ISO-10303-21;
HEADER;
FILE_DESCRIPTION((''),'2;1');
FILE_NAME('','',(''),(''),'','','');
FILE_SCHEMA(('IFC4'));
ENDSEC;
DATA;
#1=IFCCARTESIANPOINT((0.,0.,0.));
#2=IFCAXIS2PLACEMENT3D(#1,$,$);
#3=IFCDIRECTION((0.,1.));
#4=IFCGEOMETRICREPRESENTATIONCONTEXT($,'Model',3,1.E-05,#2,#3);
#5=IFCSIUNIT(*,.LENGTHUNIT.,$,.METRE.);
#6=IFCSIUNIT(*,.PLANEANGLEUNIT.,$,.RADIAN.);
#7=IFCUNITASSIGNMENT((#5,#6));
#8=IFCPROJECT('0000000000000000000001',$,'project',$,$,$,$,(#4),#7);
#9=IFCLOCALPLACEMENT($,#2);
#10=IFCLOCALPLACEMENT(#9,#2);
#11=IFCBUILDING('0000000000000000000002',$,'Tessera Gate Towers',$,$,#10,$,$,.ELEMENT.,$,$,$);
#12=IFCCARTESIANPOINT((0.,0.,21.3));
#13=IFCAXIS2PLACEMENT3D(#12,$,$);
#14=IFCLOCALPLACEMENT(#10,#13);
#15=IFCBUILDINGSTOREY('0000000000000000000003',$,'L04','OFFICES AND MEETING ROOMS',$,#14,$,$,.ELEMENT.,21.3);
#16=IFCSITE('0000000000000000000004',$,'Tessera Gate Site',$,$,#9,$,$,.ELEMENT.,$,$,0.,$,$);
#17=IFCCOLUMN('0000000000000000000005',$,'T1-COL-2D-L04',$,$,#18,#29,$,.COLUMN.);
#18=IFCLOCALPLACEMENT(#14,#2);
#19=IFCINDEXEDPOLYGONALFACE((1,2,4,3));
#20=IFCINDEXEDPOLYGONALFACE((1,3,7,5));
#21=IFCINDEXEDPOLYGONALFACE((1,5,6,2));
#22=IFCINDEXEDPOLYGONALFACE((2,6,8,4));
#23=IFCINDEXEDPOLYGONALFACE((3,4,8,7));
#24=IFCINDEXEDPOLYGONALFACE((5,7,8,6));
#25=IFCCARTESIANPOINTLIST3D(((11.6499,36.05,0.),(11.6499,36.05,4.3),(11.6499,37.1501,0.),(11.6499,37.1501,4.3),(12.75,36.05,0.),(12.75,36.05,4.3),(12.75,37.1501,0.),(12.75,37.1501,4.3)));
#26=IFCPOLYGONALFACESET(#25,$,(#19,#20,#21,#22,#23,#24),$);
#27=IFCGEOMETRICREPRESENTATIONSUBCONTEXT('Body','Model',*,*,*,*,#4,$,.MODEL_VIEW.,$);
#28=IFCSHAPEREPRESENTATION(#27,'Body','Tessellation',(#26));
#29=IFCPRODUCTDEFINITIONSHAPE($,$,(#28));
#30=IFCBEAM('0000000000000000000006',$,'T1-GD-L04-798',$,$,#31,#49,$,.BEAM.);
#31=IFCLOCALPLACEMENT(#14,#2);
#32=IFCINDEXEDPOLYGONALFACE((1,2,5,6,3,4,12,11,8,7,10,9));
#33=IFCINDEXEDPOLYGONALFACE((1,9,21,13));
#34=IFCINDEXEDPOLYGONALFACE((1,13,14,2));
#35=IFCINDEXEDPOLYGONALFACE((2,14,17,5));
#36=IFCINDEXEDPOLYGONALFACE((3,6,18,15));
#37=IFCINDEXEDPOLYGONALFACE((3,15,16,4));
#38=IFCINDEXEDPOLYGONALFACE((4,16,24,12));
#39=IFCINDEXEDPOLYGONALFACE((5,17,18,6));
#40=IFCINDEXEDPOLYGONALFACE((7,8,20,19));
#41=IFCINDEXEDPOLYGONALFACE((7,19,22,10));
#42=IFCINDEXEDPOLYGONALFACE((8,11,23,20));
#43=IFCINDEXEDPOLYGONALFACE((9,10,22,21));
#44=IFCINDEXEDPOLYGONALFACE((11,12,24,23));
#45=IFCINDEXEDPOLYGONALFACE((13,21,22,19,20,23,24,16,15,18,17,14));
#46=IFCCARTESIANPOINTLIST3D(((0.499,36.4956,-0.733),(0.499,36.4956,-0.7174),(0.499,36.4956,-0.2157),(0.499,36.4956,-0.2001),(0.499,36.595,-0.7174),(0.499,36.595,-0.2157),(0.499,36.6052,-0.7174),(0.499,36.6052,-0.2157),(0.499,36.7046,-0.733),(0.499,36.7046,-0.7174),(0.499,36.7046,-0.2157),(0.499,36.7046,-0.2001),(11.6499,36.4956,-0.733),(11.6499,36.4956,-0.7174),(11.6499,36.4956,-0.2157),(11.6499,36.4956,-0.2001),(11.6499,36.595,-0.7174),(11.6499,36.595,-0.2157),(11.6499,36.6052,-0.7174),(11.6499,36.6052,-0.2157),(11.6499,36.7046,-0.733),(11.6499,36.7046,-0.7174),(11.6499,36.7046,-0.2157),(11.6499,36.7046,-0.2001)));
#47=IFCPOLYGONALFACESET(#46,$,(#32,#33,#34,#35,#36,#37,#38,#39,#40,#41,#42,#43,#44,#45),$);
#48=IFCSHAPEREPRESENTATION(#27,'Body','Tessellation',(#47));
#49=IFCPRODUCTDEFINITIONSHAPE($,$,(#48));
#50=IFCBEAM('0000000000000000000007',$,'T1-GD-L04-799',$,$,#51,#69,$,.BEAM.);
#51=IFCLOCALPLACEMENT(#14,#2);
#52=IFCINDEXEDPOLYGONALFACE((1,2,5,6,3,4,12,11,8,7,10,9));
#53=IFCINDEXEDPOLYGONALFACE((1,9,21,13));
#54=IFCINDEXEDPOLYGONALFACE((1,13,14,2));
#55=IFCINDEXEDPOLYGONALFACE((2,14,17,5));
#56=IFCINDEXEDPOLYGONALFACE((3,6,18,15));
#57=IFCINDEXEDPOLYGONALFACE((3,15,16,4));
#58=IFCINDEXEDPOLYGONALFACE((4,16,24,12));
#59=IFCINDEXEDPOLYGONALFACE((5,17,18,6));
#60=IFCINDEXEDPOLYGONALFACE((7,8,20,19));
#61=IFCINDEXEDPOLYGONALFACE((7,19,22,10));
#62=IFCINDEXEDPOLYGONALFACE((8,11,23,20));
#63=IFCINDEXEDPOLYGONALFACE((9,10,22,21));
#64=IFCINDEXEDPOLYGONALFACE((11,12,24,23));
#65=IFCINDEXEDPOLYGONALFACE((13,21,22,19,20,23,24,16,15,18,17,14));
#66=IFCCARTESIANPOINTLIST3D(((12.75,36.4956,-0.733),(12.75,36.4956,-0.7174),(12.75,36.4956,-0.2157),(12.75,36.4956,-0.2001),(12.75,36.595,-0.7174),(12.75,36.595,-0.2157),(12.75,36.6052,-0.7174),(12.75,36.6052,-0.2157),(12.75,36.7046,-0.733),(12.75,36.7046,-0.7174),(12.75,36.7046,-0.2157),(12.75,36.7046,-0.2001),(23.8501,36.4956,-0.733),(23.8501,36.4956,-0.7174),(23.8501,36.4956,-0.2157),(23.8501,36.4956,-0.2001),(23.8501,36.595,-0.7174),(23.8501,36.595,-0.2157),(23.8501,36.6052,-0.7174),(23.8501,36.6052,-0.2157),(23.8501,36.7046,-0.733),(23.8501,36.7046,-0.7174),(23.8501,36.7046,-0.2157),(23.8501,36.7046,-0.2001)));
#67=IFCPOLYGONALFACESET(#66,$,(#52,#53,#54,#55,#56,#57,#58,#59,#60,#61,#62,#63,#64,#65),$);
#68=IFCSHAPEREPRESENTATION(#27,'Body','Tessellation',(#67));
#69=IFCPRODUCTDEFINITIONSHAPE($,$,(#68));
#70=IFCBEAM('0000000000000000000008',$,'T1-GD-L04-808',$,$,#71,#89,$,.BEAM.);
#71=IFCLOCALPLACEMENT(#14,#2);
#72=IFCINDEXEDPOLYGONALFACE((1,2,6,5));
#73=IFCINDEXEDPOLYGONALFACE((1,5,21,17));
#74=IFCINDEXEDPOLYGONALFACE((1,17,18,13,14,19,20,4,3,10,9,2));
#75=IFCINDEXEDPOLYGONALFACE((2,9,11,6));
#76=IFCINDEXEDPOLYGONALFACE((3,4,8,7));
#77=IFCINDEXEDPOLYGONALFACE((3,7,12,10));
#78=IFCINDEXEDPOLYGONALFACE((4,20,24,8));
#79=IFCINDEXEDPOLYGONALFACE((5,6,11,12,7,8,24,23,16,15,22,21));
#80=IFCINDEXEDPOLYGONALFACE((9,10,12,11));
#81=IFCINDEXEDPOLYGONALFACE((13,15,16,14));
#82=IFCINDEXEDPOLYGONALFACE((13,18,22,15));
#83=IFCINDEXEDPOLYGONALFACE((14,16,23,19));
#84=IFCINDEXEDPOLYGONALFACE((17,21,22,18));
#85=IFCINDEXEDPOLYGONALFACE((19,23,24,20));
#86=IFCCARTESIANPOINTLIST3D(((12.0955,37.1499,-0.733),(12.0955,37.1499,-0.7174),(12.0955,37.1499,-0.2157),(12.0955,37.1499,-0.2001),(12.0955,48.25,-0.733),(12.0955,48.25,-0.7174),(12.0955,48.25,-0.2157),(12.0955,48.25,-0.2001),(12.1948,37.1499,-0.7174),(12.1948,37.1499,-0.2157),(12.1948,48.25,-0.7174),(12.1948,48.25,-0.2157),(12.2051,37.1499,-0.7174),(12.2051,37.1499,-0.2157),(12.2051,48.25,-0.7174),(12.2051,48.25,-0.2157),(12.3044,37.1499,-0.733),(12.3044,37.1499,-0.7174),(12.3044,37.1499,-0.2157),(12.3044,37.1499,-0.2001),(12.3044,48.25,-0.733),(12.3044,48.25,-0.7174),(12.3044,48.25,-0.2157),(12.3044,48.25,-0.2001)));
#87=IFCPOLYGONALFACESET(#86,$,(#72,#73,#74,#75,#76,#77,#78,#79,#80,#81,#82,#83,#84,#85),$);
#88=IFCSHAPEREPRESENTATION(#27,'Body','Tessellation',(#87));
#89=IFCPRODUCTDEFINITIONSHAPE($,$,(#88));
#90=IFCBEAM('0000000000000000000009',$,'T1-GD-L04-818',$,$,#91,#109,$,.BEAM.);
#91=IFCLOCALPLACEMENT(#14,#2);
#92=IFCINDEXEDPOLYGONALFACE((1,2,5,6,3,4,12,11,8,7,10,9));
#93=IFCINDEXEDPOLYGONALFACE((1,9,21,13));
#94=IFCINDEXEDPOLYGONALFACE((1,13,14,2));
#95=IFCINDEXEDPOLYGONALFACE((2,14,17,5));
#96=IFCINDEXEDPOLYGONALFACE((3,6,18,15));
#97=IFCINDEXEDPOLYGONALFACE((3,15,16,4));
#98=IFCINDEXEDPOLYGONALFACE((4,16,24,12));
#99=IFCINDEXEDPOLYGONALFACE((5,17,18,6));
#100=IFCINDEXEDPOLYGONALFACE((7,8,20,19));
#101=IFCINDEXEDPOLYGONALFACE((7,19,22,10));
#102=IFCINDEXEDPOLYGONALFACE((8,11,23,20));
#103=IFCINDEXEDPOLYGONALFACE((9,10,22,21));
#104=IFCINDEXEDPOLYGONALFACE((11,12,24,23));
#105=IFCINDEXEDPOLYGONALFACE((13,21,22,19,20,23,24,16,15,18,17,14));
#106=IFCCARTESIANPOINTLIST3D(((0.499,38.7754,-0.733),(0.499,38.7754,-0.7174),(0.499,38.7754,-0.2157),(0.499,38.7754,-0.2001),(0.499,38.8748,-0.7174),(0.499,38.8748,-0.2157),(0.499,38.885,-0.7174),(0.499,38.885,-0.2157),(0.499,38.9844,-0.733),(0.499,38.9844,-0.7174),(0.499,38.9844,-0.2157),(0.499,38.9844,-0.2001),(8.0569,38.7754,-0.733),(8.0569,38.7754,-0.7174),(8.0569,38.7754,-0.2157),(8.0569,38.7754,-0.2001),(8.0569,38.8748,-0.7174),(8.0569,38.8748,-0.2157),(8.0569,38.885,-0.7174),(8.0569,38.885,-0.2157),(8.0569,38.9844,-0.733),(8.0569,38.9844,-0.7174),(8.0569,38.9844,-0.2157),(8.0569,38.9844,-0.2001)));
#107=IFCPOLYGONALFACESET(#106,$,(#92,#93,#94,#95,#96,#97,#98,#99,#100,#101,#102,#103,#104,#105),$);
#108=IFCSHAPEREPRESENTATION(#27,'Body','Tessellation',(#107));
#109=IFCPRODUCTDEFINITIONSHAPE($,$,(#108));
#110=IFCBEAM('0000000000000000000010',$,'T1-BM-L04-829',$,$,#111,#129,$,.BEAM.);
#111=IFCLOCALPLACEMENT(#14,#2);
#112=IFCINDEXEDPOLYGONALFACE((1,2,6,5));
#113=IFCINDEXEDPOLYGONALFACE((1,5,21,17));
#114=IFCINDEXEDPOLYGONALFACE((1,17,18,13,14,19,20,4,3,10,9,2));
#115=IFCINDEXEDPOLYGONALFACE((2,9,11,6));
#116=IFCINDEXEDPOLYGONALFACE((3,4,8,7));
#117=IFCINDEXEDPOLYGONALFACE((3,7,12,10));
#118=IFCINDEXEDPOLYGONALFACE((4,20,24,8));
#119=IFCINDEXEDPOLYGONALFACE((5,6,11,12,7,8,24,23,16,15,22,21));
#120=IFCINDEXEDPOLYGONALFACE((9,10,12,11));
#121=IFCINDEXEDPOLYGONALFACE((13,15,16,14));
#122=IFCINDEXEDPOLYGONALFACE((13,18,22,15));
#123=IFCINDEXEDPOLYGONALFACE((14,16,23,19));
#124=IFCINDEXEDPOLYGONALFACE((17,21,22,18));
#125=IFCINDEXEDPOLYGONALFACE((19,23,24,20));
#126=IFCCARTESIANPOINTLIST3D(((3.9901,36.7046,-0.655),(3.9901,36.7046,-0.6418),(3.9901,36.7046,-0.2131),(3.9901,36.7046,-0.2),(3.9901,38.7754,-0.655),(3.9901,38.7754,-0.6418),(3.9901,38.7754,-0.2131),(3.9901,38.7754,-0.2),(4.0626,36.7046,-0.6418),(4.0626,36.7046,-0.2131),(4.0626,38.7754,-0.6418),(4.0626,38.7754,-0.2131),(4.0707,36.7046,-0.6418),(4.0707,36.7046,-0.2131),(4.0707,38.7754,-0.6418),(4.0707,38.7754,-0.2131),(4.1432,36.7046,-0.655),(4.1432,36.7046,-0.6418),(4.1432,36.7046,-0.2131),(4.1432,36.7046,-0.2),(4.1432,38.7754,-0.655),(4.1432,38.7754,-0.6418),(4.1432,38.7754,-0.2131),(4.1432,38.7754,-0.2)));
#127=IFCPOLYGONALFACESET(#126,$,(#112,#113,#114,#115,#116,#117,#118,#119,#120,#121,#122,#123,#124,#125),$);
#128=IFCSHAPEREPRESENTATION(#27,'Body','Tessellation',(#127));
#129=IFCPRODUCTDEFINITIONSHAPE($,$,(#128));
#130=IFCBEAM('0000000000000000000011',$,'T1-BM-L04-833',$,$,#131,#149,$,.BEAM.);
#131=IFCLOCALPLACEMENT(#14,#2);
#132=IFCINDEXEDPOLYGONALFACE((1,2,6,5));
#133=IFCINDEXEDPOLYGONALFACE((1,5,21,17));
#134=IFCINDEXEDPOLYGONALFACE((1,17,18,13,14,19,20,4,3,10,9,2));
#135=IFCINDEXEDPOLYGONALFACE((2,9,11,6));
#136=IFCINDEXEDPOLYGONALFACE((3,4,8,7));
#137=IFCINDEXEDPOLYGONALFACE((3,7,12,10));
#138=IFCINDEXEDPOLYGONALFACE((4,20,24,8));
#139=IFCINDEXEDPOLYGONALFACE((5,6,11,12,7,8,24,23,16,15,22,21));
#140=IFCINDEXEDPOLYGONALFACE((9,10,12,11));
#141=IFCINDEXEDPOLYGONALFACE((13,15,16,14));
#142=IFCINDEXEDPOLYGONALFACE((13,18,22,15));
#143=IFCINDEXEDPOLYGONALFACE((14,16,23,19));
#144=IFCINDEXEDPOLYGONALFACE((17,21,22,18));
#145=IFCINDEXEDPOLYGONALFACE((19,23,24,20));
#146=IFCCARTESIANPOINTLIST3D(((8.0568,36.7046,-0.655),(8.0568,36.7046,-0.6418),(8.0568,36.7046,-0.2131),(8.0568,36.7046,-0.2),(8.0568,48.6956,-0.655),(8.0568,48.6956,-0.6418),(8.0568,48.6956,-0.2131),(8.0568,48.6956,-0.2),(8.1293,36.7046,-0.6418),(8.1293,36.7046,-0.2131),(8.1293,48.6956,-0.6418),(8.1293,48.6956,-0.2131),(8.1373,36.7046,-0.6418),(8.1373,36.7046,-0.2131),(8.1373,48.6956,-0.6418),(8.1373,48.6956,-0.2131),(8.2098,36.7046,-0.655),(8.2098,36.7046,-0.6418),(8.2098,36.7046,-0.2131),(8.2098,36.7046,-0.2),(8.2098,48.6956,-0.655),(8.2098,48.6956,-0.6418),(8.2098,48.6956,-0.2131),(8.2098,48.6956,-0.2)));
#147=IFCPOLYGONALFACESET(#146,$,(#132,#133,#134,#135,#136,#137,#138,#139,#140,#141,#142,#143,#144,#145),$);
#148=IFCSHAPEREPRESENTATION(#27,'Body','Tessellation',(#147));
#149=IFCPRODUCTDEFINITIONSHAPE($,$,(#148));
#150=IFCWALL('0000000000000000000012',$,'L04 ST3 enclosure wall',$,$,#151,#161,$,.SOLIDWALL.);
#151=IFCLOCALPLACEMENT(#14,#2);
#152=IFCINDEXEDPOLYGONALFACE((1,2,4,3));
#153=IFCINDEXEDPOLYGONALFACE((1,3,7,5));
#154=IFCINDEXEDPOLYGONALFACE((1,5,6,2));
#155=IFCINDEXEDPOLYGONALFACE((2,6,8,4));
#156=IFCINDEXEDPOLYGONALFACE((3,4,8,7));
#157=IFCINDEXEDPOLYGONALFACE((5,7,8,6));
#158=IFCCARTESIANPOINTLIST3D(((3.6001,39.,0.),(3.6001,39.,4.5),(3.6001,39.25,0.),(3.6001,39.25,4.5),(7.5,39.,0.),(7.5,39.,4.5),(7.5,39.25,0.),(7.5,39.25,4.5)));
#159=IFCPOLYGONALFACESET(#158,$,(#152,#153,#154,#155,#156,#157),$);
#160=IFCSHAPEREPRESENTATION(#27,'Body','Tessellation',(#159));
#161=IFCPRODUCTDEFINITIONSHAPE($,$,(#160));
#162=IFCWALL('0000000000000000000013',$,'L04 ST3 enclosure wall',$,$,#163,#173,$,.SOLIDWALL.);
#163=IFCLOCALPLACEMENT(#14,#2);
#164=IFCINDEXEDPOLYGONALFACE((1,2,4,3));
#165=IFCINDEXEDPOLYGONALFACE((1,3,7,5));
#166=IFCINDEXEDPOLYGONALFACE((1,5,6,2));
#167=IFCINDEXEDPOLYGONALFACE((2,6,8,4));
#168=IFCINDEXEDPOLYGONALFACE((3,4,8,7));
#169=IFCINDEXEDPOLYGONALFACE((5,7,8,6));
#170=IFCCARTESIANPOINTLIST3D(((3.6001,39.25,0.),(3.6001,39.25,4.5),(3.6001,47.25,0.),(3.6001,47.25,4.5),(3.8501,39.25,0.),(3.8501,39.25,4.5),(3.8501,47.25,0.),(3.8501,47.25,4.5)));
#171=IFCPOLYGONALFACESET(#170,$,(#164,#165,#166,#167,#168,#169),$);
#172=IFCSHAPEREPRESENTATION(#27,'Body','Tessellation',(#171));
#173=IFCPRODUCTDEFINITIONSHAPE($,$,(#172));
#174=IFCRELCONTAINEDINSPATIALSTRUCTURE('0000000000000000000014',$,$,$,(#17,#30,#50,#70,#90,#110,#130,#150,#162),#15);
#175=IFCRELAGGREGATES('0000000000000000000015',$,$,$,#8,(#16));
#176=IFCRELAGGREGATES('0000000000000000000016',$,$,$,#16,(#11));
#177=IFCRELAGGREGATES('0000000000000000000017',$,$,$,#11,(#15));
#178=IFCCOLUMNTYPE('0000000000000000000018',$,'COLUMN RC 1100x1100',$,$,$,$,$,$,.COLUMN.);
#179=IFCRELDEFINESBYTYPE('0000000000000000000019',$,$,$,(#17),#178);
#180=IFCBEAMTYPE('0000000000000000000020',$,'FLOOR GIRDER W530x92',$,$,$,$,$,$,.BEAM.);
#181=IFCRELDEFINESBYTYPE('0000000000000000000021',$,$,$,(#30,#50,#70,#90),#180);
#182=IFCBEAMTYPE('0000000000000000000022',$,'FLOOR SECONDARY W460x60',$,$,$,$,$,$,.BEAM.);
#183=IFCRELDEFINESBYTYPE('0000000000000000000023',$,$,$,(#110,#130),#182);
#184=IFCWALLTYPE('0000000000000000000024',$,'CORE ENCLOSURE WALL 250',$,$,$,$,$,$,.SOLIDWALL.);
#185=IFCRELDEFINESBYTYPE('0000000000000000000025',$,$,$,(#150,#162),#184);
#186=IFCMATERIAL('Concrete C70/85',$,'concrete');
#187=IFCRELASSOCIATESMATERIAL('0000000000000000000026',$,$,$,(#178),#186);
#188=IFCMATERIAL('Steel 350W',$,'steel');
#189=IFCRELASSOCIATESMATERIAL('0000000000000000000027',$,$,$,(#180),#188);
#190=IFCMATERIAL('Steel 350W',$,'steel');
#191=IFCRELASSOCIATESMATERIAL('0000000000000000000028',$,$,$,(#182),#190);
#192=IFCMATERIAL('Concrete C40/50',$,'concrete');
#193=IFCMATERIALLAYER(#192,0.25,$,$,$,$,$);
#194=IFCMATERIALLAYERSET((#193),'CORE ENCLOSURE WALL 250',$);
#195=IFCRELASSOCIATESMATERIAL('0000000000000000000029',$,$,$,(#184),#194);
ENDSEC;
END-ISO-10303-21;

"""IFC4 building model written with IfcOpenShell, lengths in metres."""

from ifc_helpers import new_model, si_unit, direction, frame, frame_2d, origin, origin_2d, place, context, subcontext, project, spatial, rectangle, i_section, extrude, material, layer, layer_set, material_profile, profile_set, type_object, element, save


model = new_model("IFC4")

# Units and contexts
model_context = context("Model", 3, precision=1e-05, world=origin(), true_north=direction((0.0, 1.0)))
body_context = subcontext(model_context, "Body", "Model", "MODEL_VIEW")
ifc_project = project(units=[si_unit("LENGTHUNIT", "METRE"), si_unit("PLANEANGLEUNIT", "RADIAN")], contexts=[model_context])

# Site, building, storey
site_placement = place(None, origin())
site = spatial("IfcSite", under=ifc_project, at=site_placement, Name="Tessera Gate Site", CompositionType="ELEMENT", RefElevation=0.0)
building_placement = place(site_placement, origin())
building = spatial("IfcBuilding", under=site, at=building_placement, Name="Tessera Gate Towers", CompositionType="ELEMENT")
storey_placement = place(building_placement, frame((0.0, 0.0, 21.3)))
storey = spatial("IfcBuildingStorey", under=building, at=storey_placement, Name="L04", Description="OFFICES AND MEETING ROOMS", CompositionType="ELEMENT", Elevation=21.3)

# Column
ifc_material_1 = material(Name="Concrete C70/85", Category="concrete")
ifc_material_profile_1 = material_profile(ifc_material_1, rectangle(XDim=1.1001, YDim=1.1001, at=origin_2d()), Name="RC 1100x1100")
ifc_profile_set_1 = profile_set([ifc_material_profile_1], Name="Concrete C70/85")
column_type = type_object("IfcColumnType", Name="COLUMN RC 1100x1100", PredefinedType="COLUMN", material=ifc_profile_set_1)
column_placement = place(storey_placement, frame((12.2, 36.6001, 0.0), z_axis=(0.0, 0.0, 1.0), x_axis=(1.0, 0.0, 0.0)))
element("IfcColumn", 1, at=column_placement, inside=storey, type_object=column_type, Name="T1-COL-2D-L04", PredefinedType="COLUMN", context=body_context, shape_type="SweptSolid", body=[
    extrude(rectangle(XDim=1.1001, YDim=1.1001, at=origin_2d()), origin(), (0.0, 0.0, 1.0), 4.3),
])

# Beams
ifc_material_2 = material(Name="Steel 350W", Category="steel")
ifc_material_profile_2 = material_profile(ifc_material_2, i_section(OverallWidth=0.209, OverallDepth=0.533, WebThickness=0.0103, FlangeThickness=0.0156, at=origin_2d()), Name="W530x92")
ifc_profile_set_2 = profile_set([ifc_material_profile_2], Name="Steel 350W")
beam_type_1 = type_object("IfcBeamType", Name="FLOOR GIRDER W530x92", PredefinedType="BEAM", material=ifc_profile_set_2)
beam_1_placement = place(storey_placement, frame((0.499, 36.6001, -0.4666), z_axis=(1.0, 0.0, 0.0), x_axis=(0.0, 1.0, 0.0)))
element("IfcBeam", 2, at=beam_1_placement, inside=storey, type_object=beam_type_1, Name="T1-GD-L04-798", PredefinedType="BEAM", context=body_context, shape_type="SweptSolid", body=[
    extrude(i_section(OverallWidth=0.209, OverallDepth=0.533, WebThickness=0.0103, FlangeThickness=0.0156, at=origin_2d()), origin(), (0.0, 0.0, 1.0), 11.1509),
])
for number, where, z_axis, x_axis, name in (
    (3, (12.75, 36.6001, -0.4666), (1.0, 0.0, 0.0), (0.0, 1.0, 0.0), "T1-GD-L04-799"),
    (4, (12.2, 37.1499, -0.4666), (0.0, 1.0, 0.0), (-1.0, 0.0, 0.0), "T1-GD-L04-808"),
):
    element("IfcBeam", number, at=place(storey_placement, frame(where, z_axis=z_axis, x_axis=x_axis)), inside=storey, type_object=beam_type_1, Name=name, PredefinedType="BEAM", context=body_context, shape_type="SweptSolid", body=[
        extrude(i_section(OverallWidth=0.209, OverallDepth=0.533, WebThickness=0.0103, FlangeThickness=0.0156, at=origin_2d()), origin(), (0.0, 0.0, 1.0), 11.1001),
    ])
beam_2_placement = place(storey_placement, frame((0.499, 38.8799, -0.4666), z_axis=(1.0, 0.0, 0.0), x_axis=(0.0, 1.0, 0.0)))
element("IfcBeam", 5, at=beam_2_placement, inside=storey, type_object=beam_type_1, Name="T1-GD-L04-818", PredefinedType="BEAM", context=body_context, shape_type="SweptSolid", body=[
    extrude(i_section(OverallWidth=0.209, OverallDepth=0.533, WebThickness=0.0103, FlangeThickness=0.0156, at=origin_2d()), origin(), (0.0, 0.0, 1.0), 7.5579),
])
ifc_material_3 = material(Name="Steel 350W", Category="steel")
ifc_material_profile_3 = material_profile(ifc_material_3, i_section(OverallWidth=0.1531, OverallDepth=0.4551, WebThickness=0.0081, FlangeThickness=0.0132, at=origin_2d()), Name="W460x60")
ifc_profile_set_3 = profile_set([ifc_material_profile_3], Name="Steel 350W")
beam_type_2 = type_object("IfcBeamType", Name="FLOOR SECONDARY W460x60", PredefinedType="BEAM", material=ifc_profile_set_3)
beam_3_placement = place(storey_placement, frame((4.0667, 36.7046, -0.4275), z_axis=(0.0, 1.0, 0.0), x_axis=(-1.0, 0.0, 0.0)))
element("IfcBeam", 6, at=beam_3_placement, inside=storey, type_object=beam_type_2, Name="T1-BM-L04-829", PredefinedType="BEAM", context=body_context, shape_type="SweptSolid", body=[
    extrude(i_section(OverallWidth=0.1531, OverallDepth=0.4551, WebThickness=0.0081, FlangeThickness=0.0132, at=origin_2d()), origin(), (0.0, 0.0, 1.0), 2.0708),
])
beam_4_placement = place(storey_placement, frame((8.1333, 36.7046, -0.4275), z_axis=(0.0, 1.0, 0.0), x_axis=(-1.0, 0.0, 0.0)))
element("IfcBeam", 7, at=beam_4_placement, inside=storey, type_object=beam_type_2, Name="T1-BM-L04-833", PredefinedType="BEAM", context=body_context, shape_type="SweptSolid", body=[
    extrude(i_section(OverallWidth=0.1531, OverallDepth=0.4551, WebThickness=0.0081, FlangeThickness=0.0132, at=origin_2d()), origin(), (0.0, 0.0, 1.0), 11.991),
])

# Walls
ifc_material_4 = material(Name="Concrete C40/50", Category="concrete")
ifc_layer_1 = layer(ifc_material_4, 0.25)
ifc_layer_set_1 = layer_set([ifc_layer_1], Name="CORE ENCLOSURE WALL 250")
wall_type_1 = type_object("IfcWallType", Name="CORE ENCLOSURE WALL 250", PredefinedType="SOLIDWALL", material=ifc_layer_set_1)
wall_1_placement = place(storey_placement, frame((7.5, 39.125, 0.0), z_axis=(0.0, 0.0, 1.0), x_axis=(-1.0, 0.0, 0.0)))
element("IfcWall", 8, at=wall_1_placement, inside=storey, type_object=wall_type_1, Name="L04 ST3 enclosure wall", PredefinedType="SOLIDWALL", context=body_context, shape_type="SweptSolid", body=[
    extrude(rectangle(XDim=3.8999, YDim=0.25, at=frame_2d((1.95, 0.0))), origin(), (0.0, 0.0, 1.0), 4.5),
])
wall_2_placement = place(storey_placement, frame((3.7251, 39.25, 0.0), z_axis=(0.0, 0.0, 1.0), x_axis=(0.0, 1.0, 0.0)))
element("IfcWall", 9, at=wall_2_placement, inside=storey, type_object=wall_type_1, Name="L04 ST3 enclosure wall", PredefinedType="SOLIDWALL", context=body_context, shape_type="SweptSolid", body=[
    extrude(rectangle(XDim=8.0, YDim=0.25, at=frame_2d((4.0, 0.0))), origin(), (0.0, 0.0, 1.0), 4.5),
])

save(model, "model.ifc")
